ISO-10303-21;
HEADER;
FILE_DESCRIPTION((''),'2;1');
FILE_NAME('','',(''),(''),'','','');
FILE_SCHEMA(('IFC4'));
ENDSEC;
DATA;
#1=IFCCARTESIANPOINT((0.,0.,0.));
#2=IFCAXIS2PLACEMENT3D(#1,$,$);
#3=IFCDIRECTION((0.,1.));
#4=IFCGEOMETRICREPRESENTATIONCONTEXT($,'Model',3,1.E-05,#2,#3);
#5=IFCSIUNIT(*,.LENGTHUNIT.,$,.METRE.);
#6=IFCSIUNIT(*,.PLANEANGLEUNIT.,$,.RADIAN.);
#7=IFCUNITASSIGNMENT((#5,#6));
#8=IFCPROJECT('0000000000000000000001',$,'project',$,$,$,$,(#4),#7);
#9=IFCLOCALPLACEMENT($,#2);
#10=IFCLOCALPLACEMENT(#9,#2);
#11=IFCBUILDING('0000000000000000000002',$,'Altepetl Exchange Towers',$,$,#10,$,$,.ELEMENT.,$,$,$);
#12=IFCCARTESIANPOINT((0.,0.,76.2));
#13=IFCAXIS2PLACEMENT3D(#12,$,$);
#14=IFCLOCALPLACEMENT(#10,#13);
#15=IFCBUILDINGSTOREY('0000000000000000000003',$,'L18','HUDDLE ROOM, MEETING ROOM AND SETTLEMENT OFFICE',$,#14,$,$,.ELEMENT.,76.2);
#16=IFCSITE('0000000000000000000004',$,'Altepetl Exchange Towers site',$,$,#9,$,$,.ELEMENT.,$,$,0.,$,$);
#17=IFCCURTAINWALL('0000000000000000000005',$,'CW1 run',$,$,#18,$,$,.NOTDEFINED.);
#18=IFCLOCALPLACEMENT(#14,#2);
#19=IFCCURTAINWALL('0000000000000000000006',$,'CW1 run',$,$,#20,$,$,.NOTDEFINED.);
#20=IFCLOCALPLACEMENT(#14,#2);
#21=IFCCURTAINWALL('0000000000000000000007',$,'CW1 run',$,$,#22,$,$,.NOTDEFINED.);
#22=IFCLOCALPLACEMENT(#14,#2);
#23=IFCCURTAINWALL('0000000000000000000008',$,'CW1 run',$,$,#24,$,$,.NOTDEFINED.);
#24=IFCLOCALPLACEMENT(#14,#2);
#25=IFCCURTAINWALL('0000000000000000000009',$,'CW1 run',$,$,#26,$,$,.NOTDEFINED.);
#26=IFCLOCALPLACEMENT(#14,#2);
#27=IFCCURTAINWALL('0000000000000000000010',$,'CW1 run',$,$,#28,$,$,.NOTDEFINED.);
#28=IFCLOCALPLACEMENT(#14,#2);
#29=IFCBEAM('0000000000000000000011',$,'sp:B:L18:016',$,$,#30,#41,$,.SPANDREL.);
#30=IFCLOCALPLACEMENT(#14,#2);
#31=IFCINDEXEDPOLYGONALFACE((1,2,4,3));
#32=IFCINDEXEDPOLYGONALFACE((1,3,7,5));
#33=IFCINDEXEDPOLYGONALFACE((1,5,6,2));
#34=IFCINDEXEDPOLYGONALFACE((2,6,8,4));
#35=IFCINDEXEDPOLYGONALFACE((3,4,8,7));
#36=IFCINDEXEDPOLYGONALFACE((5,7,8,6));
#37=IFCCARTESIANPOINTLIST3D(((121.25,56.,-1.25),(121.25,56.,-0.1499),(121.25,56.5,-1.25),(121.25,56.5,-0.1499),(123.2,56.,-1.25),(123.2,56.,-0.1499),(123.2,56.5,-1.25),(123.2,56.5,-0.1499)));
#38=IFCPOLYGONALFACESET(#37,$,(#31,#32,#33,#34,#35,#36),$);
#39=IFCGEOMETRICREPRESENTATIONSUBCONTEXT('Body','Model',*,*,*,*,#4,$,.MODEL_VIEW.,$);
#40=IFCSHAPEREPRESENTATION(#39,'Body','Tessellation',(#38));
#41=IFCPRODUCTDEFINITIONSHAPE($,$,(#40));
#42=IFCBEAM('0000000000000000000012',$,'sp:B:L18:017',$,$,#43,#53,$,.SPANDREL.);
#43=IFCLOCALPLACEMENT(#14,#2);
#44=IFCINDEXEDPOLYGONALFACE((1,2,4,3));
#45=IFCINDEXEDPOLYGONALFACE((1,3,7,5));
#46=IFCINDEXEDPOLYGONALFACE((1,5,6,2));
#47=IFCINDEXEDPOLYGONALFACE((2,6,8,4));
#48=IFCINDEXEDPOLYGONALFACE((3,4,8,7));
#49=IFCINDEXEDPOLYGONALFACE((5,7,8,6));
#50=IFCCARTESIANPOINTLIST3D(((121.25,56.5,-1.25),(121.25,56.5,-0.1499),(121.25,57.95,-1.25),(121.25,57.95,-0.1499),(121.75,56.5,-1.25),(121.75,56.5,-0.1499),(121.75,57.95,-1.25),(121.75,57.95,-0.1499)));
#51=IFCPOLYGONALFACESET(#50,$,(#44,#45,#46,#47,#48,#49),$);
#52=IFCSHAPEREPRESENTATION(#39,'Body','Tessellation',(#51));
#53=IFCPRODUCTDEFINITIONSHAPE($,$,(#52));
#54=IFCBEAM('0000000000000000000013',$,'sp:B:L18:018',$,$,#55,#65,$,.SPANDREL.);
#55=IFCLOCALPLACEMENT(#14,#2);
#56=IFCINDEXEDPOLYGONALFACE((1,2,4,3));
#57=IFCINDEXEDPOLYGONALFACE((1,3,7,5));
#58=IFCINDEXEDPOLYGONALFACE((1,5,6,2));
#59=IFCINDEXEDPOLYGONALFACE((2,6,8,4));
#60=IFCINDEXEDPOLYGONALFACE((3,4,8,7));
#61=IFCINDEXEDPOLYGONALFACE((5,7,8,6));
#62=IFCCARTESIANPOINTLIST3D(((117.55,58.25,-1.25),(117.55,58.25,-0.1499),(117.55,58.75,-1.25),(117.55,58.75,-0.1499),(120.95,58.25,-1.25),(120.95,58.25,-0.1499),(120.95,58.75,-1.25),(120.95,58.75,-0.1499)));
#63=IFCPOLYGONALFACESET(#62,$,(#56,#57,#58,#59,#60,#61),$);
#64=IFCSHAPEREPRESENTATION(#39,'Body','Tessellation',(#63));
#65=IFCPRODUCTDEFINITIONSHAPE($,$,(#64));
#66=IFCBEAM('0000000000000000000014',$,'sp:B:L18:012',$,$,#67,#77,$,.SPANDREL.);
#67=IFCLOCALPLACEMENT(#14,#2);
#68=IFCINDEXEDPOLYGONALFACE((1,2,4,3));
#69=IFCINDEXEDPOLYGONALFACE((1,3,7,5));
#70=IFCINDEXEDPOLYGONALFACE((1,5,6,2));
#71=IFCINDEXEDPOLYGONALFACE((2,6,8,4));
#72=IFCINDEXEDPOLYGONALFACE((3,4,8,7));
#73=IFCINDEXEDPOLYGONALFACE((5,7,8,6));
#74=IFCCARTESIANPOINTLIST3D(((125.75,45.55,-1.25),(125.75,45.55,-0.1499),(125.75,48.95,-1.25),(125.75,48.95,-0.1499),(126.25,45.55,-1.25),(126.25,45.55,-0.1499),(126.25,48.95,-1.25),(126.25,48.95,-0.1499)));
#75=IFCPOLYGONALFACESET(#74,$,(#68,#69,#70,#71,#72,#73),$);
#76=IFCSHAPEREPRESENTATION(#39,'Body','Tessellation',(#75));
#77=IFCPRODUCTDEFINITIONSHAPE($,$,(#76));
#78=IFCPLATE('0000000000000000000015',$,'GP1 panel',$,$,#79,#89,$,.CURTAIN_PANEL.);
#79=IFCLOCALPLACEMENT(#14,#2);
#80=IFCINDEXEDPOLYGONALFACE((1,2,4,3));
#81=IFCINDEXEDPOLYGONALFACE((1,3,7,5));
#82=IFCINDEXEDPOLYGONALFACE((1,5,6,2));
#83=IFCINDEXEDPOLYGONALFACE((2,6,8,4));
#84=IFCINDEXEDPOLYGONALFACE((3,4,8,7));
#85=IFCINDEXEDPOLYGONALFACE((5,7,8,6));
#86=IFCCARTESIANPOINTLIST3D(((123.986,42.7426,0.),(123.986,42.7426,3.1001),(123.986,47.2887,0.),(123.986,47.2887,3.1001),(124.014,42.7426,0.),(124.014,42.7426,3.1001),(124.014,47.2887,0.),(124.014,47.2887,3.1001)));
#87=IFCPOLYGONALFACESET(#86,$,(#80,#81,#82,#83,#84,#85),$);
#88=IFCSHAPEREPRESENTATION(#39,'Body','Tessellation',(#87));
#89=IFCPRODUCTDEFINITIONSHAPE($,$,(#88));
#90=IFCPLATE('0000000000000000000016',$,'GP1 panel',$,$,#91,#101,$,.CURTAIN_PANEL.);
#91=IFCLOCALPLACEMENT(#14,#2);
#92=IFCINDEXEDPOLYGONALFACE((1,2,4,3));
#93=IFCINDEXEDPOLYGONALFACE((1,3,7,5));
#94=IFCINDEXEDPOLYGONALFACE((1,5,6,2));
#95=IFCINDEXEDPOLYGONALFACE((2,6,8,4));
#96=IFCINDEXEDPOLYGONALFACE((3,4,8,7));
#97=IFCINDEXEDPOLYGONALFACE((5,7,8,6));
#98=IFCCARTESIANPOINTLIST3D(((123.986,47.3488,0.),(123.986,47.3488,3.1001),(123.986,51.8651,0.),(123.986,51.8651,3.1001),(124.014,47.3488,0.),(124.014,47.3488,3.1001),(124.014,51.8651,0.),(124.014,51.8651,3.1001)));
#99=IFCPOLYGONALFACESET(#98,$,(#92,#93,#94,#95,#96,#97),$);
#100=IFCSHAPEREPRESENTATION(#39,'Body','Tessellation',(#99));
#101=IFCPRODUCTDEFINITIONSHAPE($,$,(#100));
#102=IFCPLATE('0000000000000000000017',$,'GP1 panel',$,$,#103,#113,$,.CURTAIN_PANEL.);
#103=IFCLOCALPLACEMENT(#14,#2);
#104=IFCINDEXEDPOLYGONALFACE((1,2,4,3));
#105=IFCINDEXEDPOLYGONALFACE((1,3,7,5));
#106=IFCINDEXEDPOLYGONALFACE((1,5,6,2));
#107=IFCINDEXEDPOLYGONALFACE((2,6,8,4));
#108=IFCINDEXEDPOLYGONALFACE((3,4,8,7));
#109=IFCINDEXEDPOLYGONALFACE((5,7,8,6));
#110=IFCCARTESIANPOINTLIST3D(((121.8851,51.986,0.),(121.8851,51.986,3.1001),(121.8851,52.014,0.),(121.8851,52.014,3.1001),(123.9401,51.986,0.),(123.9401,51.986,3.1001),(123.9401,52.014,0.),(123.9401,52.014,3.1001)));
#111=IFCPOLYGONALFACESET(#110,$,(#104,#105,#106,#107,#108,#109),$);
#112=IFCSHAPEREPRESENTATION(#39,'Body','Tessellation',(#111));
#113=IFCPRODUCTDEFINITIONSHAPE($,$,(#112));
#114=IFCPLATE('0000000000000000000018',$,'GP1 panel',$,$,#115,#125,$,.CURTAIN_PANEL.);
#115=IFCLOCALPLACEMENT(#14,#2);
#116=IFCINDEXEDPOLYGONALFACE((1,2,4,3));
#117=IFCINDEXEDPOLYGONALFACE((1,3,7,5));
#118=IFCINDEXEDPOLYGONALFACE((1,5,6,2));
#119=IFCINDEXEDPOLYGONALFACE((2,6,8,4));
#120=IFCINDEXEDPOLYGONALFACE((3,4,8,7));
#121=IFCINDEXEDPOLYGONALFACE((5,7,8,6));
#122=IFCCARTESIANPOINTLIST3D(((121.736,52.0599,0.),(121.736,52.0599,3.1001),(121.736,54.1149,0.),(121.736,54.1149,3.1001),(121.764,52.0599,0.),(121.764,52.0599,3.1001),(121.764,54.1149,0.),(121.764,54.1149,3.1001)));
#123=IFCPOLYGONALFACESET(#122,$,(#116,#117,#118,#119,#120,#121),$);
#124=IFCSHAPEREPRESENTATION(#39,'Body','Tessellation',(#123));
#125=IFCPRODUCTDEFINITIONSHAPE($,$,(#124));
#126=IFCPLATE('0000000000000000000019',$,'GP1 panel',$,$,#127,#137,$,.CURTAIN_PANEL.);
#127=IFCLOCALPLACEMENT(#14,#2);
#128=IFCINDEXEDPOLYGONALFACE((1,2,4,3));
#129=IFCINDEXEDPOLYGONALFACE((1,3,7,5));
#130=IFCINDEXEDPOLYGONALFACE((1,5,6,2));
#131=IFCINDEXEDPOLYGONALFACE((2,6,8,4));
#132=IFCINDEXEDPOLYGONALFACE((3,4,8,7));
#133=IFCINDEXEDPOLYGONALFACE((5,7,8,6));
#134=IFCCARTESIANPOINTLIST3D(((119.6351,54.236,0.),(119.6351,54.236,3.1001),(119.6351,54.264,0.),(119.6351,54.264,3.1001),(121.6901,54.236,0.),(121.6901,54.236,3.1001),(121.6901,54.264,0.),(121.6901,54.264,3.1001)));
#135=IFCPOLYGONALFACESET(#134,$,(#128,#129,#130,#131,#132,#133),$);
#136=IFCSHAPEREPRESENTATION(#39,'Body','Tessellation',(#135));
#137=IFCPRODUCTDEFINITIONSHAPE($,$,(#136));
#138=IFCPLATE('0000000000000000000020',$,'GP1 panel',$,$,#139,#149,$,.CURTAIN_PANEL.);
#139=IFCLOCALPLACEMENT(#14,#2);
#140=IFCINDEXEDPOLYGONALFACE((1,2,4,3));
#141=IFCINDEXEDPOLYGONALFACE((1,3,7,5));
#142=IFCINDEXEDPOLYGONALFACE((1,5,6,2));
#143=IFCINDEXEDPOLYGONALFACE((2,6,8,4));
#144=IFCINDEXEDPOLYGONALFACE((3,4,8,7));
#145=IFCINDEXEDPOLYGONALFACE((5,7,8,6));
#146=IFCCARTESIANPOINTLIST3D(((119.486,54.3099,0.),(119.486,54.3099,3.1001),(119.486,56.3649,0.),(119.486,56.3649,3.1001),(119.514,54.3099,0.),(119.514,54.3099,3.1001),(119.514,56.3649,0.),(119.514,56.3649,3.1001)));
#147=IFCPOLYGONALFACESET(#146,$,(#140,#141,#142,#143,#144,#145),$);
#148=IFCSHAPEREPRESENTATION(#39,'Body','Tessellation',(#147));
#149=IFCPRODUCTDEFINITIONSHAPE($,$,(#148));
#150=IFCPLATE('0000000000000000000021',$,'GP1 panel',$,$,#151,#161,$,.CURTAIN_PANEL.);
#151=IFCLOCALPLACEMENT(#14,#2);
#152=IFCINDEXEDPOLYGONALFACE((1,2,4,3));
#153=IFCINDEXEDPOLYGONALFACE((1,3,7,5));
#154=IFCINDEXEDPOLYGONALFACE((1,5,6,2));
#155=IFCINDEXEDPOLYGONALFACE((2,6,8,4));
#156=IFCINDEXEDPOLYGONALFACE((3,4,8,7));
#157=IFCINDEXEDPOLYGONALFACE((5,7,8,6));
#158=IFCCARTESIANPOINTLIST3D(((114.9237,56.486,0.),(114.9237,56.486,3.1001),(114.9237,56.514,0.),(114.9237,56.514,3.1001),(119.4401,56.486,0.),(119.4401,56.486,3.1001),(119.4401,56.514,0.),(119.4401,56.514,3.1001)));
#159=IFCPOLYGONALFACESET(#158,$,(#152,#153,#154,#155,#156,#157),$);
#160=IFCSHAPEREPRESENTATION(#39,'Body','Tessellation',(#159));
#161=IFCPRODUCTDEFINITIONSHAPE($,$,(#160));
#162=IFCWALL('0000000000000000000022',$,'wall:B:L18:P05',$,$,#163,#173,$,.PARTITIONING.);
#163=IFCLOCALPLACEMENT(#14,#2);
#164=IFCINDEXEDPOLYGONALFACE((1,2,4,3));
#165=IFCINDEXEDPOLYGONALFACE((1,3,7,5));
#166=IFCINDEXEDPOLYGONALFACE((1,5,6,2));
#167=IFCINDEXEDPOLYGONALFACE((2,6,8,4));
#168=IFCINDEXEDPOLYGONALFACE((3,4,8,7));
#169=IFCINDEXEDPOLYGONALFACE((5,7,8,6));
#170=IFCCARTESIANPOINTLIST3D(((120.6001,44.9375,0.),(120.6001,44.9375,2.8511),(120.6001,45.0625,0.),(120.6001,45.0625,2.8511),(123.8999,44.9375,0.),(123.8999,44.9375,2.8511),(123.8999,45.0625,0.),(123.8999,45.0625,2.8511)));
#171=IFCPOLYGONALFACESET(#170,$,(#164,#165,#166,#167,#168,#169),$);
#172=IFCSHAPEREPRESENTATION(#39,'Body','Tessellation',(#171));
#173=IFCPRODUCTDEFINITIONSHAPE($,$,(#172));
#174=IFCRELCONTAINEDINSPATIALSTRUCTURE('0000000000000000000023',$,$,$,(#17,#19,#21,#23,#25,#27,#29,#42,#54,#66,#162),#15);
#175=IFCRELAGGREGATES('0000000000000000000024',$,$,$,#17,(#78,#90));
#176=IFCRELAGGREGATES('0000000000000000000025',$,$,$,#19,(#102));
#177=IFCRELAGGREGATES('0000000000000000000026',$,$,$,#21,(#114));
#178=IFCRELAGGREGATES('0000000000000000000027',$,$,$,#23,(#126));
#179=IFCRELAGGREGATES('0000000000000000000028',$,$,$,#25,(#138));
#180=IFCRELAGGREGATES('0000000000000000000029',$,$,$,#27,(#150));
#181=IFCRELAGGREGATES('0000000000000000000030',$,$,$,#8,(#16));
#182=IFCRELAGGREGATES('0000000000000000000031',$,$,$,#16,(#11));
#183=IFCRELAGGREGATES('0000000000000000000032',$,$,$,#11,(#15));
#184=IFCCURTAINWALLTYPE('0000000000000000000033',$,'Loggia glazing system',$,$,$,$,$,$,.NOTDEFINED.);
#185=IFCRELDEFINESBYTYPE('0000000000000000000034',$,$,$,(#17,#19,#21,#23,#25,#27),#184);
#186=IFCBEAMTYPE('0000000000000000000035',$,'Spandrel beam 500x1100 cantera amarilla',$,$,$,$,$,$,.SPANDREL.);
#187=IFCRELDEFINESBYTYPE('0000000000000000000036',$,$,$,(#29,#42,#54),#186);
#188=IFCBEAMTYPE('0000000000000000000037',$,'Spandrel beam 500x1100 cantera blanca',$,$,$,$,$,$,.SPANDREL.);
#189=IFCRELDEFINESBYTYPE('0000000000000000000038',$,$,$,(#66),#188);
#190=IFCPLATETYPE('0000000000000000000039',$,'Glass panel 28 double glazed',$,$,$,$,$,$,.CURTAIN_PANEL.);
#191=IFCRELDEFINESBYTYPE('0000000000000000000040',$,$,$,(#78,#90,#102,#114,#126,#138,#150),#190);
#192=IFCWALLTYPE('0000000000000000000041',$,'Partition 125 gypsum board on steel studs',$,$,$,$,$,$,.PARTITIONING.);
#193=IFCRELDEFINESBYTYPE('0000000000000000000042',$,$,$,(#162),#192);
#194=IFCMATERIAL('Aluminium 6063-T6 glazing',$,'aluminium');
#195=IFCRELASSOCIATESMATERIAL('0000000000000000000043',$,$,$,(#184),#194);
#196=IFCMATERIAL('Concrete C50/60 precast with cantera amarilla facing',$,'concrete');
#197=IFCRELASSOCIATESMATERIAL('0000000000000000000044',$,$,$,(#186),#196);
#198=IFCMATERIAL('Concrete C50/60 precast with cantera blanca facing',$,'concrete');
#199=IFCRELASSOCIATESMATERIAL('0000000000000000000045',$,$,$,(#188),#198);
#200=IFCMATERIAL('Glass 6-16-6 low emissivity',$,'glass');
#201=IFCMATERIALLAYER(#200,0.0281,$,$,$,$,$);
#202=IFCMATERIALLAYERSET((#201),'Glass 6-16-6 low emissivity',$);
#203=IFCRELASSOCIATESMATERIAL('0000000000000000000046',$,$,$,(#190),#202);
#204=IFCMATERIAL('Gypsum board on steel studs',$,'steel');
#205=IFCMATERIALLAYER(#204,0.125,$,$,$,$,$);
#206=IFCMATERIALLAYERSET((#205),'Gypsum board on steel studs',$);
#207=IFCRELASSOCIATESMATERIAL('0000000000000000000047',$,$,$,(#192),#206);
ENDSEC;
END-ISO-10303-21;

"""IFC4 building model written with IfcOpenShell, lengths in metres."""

from ifc_helpers import new_model, si_unit, direction, frame, frame_2d, origin, origin_2d, place, context, subcontext, project, spatial, rectangle, extrude, material, layer, layer_set, material_profile, profile_set, type_object, element, aggregate, save


model = new_model("IFC4")

# Units and contexts
model_context = context("Model", 3, precision=1e-05, world=origin(), true_north=direction((0.0, 1.0)))
body_context = subcontext(model_context, "Body", "Model", "MODEL_VIEW")
ifc_project = project(units=[si_unit("LENGTHUNIT", "METRE"), si_unit("PLANEANGLEUNIT", "RADIAN")], contexts=[model_context])

# Site, building, storey
site_placement = place(None, origin())
site = spatial("IfcSite", under=ifc_project, at=site_placement, Name="Altepetl Exchange Towers site", CompositionType="ELEMENT", RefElevation=0.0)
building_placement = place(site_placement, origin())
building = spatial("IfcBuilding", under=site, at=building_placement, Name="Altepetl Exchange Towers", CompositionType="ELEMENT")
storey_placement = place(building_placement, frame((0.0, 0.0, 76.2)))
storey = spatial("IfcBuildingStorey", under=building, at=storey_placement, Name="L18", Description="HUDDLE ROOM, MEETING ROOM AND SETTLEMENT OFFICE", CompositionType="ELEMENT", Elevation=76.2)

# Curtain walls
ifc_material_1 = material(Name="Aluminium 6063-T6 glazing", Category="aluminium")
curtain_wall_type = type_object("IfcCurtainWallType", Name="Loggia glazing system", PredefinedType="NOTDEFINED", material=ifc_material_1)
curtain_wall_1_placement = place(storey_placement, origin())
curtain_wall_1 = element("IfcCurtainWall", 1, at=curtain_wall_1_placement, inside=storey, type_object=curtain_wall_type, Name="CW1 run", PredefinedType="NOTDEFINED")
curtain_wall_2_placement = place(storey_placement, origin())
curtain_wall_2 = element("IfcCurtainWall", 2, at=curtain_wall_2_placement, inside=storey, type_object=curtain_wall_type, Name="CW1 run", PredefinedType="NOTDEFINED")
curtain_wall_3_placement = place(storey_placement, origin())
curtain_wall_3 = element("IfcCurtainWall", 3, at=curtain_wall_3_placement, inside=storey, type_object=curtain_wall_type, Name="CW1 run", PredefinedType="NOTDEFINED")
curtain_wall_4_placement = place(storey_placement, origin())
curtain_wall_4 = element("IfcCurtainWall", 4, at=curtain_wall_4_placement, inside=storey, type_object=curtain_wall_type, Name="CW1 run", PredefinedType="NOTDEFINED")
curtain_wall_5_placement = place(storey_placement, origin())
curtain_wall_5 = element("IfcCurtainWall", 5, at=curtain_wall_5_placement, inside=storey, type_object=curtain_wall_type, Name="CW1 run", PredefinedType="NOTDEFINED")

# Curtain wall
curtain_wall_6_placement = place(storey_placement, origin())
curtain_wall_6 = element("IfcCurtainWall", 6, at=curtain_wall_6_placement, inside=storey, type_object=curtain_wall_type, Name="CW1 run", PredefinedType="NOTDEFINED")

# Beams
ifc_material_2 = material(Name="Concrete C50/60 precast with cantera amarilla facing", Category="concrete")
ifc_material_profile_1 = material_profile(ifc_material_2, rectangle(XDim=0.5, YDim=1.1001, at=origin_2d()), Name="500 x 1100")
ifc_profile_set_1 = profile_set([ifc_material_profile_1], Name="Concrete C50/60 precast with cantera amarilla facing")
beam_type_1 = type_object("IfcBeamType", Name="Spandrel beam 500x1100 cantera amarilla", PredefinedType="SPANDREL", material=ifc_profile_set_1)
beam_1_placement = place(storey_placement, frame((123.2, 56.25, -0.7), z_axis=(-1.0, 0.0, 0.0), x_axis=(0.0, -1.0, 0.0)))
element("IfcBeam", 7, at=beam_1_placement, inside=storey, type_object=beam_type_1, Name="sp:B:L18:016", PredefinedType="SPANDREL", context=body_context, shape_type="SweptSolid", body=[
    extrude(rectangle(XDim=0.5, YDim=1.1001, at=origin_2d()), origin(), (0.0, 0.0, 1.0), 1.95),
])
beam_2_placement = place(storey_placement, frame((121.5, 56.5, -0.7), z_axis=(0.0, 1.0, 0.0), x_axis=(-1.0, 0.0, 0.0)))
element("IfcBeam", 8, at=beam_2_placement, inside=storey, type_object=beam_type_1, Name="sp:B:L18:017", PredefinedType="SPANDREL", context=body_context, shape_type="SweptSolid", body=[
    extrude(rectangle(XDim=0.5, YDim=1.1001, at=origin_2d()), origin(), (0.0, 0.0, 1.0), 1.45),
])
beam_3_placement = place(storey_placement, frame((120.95, 58.5, -0.7), z_axis=(-1.0, 0.0, 0.0), x_axis=(0.0, -1.0, 0.0)))
element("IfcBeam", 9, at=beam_3_placement, inside=storey, type_object=beam_type_1, Name="sp:B:L18:018", PredefinedType="SPANDREL", context=body_context, shape_type="SweptSolid", body=[
    extrude(rectangle(XDim=0.5, YDim=1.1001, at=origin_2d()), origin(), (0.0, 0.0, 1.0), 3.3999),
])
ifc_material_3 = material(Name="Concrete C50/60 precast with cantera blanca facing", Category="concrete")
ifc_material_profile_2 = material_profile(ifc_material_3, rectangle(XDim=0.5, YDim=1.1001, at=origin_2d()), Name="500 x 1100")
ifc_profile_set_2 = profile_set([ifc_material_profile_2], Name="Concrete C50/60 precast with cantera blanca facing")
beam_type_2 = type_object("IfcBeamType", Name="Spandrel beam 500x1100 cantera blanca", PredefinedType="SPANDREL", material=ifc_profile_set_2)
beam_4_placement = place(storey_placement, frame((126.0, 45.55, -0.7), z_axis=(0.0, 1.0, 0.0), x_axis=(-1.0, 0.0, 0.0)))
element("IfcBeam", 10, at=beam_4_placement, inside=storey, type_object=beam_type_2, Name="sp:B:L18:012", PredefinedType="SPANDREL", context=body_context, shape_type="SweptSolid", body=[
    extrude(rectangle(XDim=0.5, YDim=1.1001, at=origin_2d()), origin(), (0.0, 0.0, 1.0), 3.3999),
])

# Plates
ifc_material_4 = material(Name="Glass 6-16-6 low emissivity", Category="glass")
ifc_layer_1 = layer(ifc_material_4, 0.0281)
ifc_layer_set_1 = layer_set([ifc_layer_1], Name="Glass 6-16-6 low emissivity")
plate_type = type_object("IfcPlateType", Name="Glass panel 28 double glazed", PredefinedType="CURTAIN_PANEL", material=ifc_layer_set_1)
plate_1_placement = place(storey_placement, frame((124.0, 45.0156, 0.0), z_axis=(0.0, 0.0, 1.0), x_axis=(0.0, 1.0, 0.0)))
plate_1 = element("IfcPlate", 11, at=plate_1_placement, type_object=plate_type, Name="GP1 panel", PredefinedType="CURTAIN_PANEL", context=body_context, shape_type="SweptSolid", body=[
    extrude(rectangle(XDim=4.5461, YDim=0.0281, at=origin_2d()), origin(), (0.0, 0.0, 1.0), 3.1001),
])
plate_2_placement = place(storey_placement, frame((124.0, 49.6069, 0.0), z_axis=(0.0, 0.0, 1.0), x_axis=(0.0, 1.0, 0.0)))
plate_2 = element("IfcPlate", 12, at=plate_2_placement, type_object=plate_type, Name="GP1 panel", PredefinedType="CURTAIN_PANEL", context=body_context, shape_type="SweptSolid", body=[
    extrude(rectangle(XDim=4.5164, YDim=0.0281, at=origin_2d()), origin(), (0.0, 0.0, 1.0), 3.1001),
])
aggregate(curtain_wall_1, [plate_1, plate_2])
plate_3_placement = place(storey_placement, frame((122.9126, 52.0, 0.0), z_axis=(0.0, 0.0, 1.0), x_axis=(-1.0, 0.0, 0.0)))
plate_3 = element("IfcPlate", 13, at=plate_3_placement, type_object=plate_type, Name="GP1 panel", PredefinedType="CURTAIN_PANEL", context=body_context, shape_type="SweptSolid", body=[
    extrude(rectangle(XDim=2.0549, YDim=0.0281, at=origin_2d()), origin(), (0.0, 0.0, 1.0), 3.1001),
])
aggregate(curtain_wall_2, [plate_3])
plate_4_placement = place(storey_placement, frame((121.75, 53.0874, 0.0), z_axis=(0.0, 0.0, 1.0), x_axis=(0.0, 1.0, 0.0)))
plate_4 = element("IfcPlate", 14, at=plate_4_placement, type_object=plate_type, Name="GP1 panel", PredefinedType="CURTAIN_PANEL", context=body_context, shape_type="SweptSolid", body=[
    extrude(rectangle(XDim=2.0549, YDim=0.0281, at=origin_2d()), origin(), (0.0, 0.0, 1.0), 3.1001),
])
aggregate(curtain_wall_3, [plate_4])
plate_5_placement = place(storey_placement, frame((120.6626, 54.25, 0.0), z_axis=(0.0, 0.0, 1.0), x_axis=(-1.0, 0.0, 0.0)))
plate_5 = element("IfcPlate", 15, at=plate_5_placement, type_object=plate_type, Name="GP1 panel", PredefinedType="CURTAIN_PANEL", context=body_context, shape_type="SweptSolid", body=[
    extrude(rectangle(XDim=2.0549, YDim=0.0281, at=origin_2d()), origin(), (0.0, 0.0, 1.0), 3.1001),
])
aggregate(curtain_wall_4, [plate_5])
plate_6_placement = place(storey_placement, frame((119.5, 55.3374, 0.0), z_axis=(0.0, 0.0, 1.0), x_axis=(0.0, 1.0, 0.0)))
plate_6 = element("IfcPlate", 16, at=plate_6_placement, type_object=plate_type, Name="GP1 panel", PredefinedType="CURTAIN_PANEL", context=body_context, shape_type="SweptSolid", body=[
    extrude(rectangle(XDim=2.0549, YDim=0.0281, at=origin_2d()), origin(), (0.0, 0.0, 1.0), 3.1001),
])
aggregate(curtain_wall_5, [plate_6])
plate_7_placement = place(storey_placement, frame((117.1819, 56.5, 0.0), z_axis=(0.0, 0.0, 1.0), x_axis=(-1.0, 0.0, 0.0)))
plate_7 = element("IfcPlate", 17, at=plate_7_placement, type_object=plate_type, Name="GP1 panel", PredefinedType="CURTAIN_PANEL", context=body_context, shape_type="SweptSolid", body=[
    extrude(rectangle(XDim=4.5164, YDim=0.0281, at=origin_2d()), origin(), (0.0, 0.0, 1.0), 3.1001),
])
aggregate(curtain_wall_6, [plate_7])

# Wall
ifc_material_5 = material(Name="Gypsum board on steel studs", Category="steel")
ifc_layer_2 = layer(ifc_material_5, 0.125)
ifc_layer_set_2 = layer_set([ifc_layer_2], Name="Gypsum board on steel studs")
wall_type = type_object("IfcWallType", Name="Partition 125 gypsum board on steel studs", PredefinedType="PARTITIONING", material=ifc_layer_set_2)
wall_placement = place(storey_placement, frame((120.6001, 45.0, 0.0)))
element("IfcWall", 18, at=wall_placement, inside=storey, type_object=wall_type, Name="wall:B:L18:P05", PredefinedType="PARTITIONING", context=body_context, shape_type="SweptSolid", body=[
    extrude(rectangle(XDim=3.2998, YDim=0.125, at=frame_2d((1.6499, 0.0))), origin(), (0.0, 0.0, 1.0), 2.8511),
])

save(model, "model.ifc")
